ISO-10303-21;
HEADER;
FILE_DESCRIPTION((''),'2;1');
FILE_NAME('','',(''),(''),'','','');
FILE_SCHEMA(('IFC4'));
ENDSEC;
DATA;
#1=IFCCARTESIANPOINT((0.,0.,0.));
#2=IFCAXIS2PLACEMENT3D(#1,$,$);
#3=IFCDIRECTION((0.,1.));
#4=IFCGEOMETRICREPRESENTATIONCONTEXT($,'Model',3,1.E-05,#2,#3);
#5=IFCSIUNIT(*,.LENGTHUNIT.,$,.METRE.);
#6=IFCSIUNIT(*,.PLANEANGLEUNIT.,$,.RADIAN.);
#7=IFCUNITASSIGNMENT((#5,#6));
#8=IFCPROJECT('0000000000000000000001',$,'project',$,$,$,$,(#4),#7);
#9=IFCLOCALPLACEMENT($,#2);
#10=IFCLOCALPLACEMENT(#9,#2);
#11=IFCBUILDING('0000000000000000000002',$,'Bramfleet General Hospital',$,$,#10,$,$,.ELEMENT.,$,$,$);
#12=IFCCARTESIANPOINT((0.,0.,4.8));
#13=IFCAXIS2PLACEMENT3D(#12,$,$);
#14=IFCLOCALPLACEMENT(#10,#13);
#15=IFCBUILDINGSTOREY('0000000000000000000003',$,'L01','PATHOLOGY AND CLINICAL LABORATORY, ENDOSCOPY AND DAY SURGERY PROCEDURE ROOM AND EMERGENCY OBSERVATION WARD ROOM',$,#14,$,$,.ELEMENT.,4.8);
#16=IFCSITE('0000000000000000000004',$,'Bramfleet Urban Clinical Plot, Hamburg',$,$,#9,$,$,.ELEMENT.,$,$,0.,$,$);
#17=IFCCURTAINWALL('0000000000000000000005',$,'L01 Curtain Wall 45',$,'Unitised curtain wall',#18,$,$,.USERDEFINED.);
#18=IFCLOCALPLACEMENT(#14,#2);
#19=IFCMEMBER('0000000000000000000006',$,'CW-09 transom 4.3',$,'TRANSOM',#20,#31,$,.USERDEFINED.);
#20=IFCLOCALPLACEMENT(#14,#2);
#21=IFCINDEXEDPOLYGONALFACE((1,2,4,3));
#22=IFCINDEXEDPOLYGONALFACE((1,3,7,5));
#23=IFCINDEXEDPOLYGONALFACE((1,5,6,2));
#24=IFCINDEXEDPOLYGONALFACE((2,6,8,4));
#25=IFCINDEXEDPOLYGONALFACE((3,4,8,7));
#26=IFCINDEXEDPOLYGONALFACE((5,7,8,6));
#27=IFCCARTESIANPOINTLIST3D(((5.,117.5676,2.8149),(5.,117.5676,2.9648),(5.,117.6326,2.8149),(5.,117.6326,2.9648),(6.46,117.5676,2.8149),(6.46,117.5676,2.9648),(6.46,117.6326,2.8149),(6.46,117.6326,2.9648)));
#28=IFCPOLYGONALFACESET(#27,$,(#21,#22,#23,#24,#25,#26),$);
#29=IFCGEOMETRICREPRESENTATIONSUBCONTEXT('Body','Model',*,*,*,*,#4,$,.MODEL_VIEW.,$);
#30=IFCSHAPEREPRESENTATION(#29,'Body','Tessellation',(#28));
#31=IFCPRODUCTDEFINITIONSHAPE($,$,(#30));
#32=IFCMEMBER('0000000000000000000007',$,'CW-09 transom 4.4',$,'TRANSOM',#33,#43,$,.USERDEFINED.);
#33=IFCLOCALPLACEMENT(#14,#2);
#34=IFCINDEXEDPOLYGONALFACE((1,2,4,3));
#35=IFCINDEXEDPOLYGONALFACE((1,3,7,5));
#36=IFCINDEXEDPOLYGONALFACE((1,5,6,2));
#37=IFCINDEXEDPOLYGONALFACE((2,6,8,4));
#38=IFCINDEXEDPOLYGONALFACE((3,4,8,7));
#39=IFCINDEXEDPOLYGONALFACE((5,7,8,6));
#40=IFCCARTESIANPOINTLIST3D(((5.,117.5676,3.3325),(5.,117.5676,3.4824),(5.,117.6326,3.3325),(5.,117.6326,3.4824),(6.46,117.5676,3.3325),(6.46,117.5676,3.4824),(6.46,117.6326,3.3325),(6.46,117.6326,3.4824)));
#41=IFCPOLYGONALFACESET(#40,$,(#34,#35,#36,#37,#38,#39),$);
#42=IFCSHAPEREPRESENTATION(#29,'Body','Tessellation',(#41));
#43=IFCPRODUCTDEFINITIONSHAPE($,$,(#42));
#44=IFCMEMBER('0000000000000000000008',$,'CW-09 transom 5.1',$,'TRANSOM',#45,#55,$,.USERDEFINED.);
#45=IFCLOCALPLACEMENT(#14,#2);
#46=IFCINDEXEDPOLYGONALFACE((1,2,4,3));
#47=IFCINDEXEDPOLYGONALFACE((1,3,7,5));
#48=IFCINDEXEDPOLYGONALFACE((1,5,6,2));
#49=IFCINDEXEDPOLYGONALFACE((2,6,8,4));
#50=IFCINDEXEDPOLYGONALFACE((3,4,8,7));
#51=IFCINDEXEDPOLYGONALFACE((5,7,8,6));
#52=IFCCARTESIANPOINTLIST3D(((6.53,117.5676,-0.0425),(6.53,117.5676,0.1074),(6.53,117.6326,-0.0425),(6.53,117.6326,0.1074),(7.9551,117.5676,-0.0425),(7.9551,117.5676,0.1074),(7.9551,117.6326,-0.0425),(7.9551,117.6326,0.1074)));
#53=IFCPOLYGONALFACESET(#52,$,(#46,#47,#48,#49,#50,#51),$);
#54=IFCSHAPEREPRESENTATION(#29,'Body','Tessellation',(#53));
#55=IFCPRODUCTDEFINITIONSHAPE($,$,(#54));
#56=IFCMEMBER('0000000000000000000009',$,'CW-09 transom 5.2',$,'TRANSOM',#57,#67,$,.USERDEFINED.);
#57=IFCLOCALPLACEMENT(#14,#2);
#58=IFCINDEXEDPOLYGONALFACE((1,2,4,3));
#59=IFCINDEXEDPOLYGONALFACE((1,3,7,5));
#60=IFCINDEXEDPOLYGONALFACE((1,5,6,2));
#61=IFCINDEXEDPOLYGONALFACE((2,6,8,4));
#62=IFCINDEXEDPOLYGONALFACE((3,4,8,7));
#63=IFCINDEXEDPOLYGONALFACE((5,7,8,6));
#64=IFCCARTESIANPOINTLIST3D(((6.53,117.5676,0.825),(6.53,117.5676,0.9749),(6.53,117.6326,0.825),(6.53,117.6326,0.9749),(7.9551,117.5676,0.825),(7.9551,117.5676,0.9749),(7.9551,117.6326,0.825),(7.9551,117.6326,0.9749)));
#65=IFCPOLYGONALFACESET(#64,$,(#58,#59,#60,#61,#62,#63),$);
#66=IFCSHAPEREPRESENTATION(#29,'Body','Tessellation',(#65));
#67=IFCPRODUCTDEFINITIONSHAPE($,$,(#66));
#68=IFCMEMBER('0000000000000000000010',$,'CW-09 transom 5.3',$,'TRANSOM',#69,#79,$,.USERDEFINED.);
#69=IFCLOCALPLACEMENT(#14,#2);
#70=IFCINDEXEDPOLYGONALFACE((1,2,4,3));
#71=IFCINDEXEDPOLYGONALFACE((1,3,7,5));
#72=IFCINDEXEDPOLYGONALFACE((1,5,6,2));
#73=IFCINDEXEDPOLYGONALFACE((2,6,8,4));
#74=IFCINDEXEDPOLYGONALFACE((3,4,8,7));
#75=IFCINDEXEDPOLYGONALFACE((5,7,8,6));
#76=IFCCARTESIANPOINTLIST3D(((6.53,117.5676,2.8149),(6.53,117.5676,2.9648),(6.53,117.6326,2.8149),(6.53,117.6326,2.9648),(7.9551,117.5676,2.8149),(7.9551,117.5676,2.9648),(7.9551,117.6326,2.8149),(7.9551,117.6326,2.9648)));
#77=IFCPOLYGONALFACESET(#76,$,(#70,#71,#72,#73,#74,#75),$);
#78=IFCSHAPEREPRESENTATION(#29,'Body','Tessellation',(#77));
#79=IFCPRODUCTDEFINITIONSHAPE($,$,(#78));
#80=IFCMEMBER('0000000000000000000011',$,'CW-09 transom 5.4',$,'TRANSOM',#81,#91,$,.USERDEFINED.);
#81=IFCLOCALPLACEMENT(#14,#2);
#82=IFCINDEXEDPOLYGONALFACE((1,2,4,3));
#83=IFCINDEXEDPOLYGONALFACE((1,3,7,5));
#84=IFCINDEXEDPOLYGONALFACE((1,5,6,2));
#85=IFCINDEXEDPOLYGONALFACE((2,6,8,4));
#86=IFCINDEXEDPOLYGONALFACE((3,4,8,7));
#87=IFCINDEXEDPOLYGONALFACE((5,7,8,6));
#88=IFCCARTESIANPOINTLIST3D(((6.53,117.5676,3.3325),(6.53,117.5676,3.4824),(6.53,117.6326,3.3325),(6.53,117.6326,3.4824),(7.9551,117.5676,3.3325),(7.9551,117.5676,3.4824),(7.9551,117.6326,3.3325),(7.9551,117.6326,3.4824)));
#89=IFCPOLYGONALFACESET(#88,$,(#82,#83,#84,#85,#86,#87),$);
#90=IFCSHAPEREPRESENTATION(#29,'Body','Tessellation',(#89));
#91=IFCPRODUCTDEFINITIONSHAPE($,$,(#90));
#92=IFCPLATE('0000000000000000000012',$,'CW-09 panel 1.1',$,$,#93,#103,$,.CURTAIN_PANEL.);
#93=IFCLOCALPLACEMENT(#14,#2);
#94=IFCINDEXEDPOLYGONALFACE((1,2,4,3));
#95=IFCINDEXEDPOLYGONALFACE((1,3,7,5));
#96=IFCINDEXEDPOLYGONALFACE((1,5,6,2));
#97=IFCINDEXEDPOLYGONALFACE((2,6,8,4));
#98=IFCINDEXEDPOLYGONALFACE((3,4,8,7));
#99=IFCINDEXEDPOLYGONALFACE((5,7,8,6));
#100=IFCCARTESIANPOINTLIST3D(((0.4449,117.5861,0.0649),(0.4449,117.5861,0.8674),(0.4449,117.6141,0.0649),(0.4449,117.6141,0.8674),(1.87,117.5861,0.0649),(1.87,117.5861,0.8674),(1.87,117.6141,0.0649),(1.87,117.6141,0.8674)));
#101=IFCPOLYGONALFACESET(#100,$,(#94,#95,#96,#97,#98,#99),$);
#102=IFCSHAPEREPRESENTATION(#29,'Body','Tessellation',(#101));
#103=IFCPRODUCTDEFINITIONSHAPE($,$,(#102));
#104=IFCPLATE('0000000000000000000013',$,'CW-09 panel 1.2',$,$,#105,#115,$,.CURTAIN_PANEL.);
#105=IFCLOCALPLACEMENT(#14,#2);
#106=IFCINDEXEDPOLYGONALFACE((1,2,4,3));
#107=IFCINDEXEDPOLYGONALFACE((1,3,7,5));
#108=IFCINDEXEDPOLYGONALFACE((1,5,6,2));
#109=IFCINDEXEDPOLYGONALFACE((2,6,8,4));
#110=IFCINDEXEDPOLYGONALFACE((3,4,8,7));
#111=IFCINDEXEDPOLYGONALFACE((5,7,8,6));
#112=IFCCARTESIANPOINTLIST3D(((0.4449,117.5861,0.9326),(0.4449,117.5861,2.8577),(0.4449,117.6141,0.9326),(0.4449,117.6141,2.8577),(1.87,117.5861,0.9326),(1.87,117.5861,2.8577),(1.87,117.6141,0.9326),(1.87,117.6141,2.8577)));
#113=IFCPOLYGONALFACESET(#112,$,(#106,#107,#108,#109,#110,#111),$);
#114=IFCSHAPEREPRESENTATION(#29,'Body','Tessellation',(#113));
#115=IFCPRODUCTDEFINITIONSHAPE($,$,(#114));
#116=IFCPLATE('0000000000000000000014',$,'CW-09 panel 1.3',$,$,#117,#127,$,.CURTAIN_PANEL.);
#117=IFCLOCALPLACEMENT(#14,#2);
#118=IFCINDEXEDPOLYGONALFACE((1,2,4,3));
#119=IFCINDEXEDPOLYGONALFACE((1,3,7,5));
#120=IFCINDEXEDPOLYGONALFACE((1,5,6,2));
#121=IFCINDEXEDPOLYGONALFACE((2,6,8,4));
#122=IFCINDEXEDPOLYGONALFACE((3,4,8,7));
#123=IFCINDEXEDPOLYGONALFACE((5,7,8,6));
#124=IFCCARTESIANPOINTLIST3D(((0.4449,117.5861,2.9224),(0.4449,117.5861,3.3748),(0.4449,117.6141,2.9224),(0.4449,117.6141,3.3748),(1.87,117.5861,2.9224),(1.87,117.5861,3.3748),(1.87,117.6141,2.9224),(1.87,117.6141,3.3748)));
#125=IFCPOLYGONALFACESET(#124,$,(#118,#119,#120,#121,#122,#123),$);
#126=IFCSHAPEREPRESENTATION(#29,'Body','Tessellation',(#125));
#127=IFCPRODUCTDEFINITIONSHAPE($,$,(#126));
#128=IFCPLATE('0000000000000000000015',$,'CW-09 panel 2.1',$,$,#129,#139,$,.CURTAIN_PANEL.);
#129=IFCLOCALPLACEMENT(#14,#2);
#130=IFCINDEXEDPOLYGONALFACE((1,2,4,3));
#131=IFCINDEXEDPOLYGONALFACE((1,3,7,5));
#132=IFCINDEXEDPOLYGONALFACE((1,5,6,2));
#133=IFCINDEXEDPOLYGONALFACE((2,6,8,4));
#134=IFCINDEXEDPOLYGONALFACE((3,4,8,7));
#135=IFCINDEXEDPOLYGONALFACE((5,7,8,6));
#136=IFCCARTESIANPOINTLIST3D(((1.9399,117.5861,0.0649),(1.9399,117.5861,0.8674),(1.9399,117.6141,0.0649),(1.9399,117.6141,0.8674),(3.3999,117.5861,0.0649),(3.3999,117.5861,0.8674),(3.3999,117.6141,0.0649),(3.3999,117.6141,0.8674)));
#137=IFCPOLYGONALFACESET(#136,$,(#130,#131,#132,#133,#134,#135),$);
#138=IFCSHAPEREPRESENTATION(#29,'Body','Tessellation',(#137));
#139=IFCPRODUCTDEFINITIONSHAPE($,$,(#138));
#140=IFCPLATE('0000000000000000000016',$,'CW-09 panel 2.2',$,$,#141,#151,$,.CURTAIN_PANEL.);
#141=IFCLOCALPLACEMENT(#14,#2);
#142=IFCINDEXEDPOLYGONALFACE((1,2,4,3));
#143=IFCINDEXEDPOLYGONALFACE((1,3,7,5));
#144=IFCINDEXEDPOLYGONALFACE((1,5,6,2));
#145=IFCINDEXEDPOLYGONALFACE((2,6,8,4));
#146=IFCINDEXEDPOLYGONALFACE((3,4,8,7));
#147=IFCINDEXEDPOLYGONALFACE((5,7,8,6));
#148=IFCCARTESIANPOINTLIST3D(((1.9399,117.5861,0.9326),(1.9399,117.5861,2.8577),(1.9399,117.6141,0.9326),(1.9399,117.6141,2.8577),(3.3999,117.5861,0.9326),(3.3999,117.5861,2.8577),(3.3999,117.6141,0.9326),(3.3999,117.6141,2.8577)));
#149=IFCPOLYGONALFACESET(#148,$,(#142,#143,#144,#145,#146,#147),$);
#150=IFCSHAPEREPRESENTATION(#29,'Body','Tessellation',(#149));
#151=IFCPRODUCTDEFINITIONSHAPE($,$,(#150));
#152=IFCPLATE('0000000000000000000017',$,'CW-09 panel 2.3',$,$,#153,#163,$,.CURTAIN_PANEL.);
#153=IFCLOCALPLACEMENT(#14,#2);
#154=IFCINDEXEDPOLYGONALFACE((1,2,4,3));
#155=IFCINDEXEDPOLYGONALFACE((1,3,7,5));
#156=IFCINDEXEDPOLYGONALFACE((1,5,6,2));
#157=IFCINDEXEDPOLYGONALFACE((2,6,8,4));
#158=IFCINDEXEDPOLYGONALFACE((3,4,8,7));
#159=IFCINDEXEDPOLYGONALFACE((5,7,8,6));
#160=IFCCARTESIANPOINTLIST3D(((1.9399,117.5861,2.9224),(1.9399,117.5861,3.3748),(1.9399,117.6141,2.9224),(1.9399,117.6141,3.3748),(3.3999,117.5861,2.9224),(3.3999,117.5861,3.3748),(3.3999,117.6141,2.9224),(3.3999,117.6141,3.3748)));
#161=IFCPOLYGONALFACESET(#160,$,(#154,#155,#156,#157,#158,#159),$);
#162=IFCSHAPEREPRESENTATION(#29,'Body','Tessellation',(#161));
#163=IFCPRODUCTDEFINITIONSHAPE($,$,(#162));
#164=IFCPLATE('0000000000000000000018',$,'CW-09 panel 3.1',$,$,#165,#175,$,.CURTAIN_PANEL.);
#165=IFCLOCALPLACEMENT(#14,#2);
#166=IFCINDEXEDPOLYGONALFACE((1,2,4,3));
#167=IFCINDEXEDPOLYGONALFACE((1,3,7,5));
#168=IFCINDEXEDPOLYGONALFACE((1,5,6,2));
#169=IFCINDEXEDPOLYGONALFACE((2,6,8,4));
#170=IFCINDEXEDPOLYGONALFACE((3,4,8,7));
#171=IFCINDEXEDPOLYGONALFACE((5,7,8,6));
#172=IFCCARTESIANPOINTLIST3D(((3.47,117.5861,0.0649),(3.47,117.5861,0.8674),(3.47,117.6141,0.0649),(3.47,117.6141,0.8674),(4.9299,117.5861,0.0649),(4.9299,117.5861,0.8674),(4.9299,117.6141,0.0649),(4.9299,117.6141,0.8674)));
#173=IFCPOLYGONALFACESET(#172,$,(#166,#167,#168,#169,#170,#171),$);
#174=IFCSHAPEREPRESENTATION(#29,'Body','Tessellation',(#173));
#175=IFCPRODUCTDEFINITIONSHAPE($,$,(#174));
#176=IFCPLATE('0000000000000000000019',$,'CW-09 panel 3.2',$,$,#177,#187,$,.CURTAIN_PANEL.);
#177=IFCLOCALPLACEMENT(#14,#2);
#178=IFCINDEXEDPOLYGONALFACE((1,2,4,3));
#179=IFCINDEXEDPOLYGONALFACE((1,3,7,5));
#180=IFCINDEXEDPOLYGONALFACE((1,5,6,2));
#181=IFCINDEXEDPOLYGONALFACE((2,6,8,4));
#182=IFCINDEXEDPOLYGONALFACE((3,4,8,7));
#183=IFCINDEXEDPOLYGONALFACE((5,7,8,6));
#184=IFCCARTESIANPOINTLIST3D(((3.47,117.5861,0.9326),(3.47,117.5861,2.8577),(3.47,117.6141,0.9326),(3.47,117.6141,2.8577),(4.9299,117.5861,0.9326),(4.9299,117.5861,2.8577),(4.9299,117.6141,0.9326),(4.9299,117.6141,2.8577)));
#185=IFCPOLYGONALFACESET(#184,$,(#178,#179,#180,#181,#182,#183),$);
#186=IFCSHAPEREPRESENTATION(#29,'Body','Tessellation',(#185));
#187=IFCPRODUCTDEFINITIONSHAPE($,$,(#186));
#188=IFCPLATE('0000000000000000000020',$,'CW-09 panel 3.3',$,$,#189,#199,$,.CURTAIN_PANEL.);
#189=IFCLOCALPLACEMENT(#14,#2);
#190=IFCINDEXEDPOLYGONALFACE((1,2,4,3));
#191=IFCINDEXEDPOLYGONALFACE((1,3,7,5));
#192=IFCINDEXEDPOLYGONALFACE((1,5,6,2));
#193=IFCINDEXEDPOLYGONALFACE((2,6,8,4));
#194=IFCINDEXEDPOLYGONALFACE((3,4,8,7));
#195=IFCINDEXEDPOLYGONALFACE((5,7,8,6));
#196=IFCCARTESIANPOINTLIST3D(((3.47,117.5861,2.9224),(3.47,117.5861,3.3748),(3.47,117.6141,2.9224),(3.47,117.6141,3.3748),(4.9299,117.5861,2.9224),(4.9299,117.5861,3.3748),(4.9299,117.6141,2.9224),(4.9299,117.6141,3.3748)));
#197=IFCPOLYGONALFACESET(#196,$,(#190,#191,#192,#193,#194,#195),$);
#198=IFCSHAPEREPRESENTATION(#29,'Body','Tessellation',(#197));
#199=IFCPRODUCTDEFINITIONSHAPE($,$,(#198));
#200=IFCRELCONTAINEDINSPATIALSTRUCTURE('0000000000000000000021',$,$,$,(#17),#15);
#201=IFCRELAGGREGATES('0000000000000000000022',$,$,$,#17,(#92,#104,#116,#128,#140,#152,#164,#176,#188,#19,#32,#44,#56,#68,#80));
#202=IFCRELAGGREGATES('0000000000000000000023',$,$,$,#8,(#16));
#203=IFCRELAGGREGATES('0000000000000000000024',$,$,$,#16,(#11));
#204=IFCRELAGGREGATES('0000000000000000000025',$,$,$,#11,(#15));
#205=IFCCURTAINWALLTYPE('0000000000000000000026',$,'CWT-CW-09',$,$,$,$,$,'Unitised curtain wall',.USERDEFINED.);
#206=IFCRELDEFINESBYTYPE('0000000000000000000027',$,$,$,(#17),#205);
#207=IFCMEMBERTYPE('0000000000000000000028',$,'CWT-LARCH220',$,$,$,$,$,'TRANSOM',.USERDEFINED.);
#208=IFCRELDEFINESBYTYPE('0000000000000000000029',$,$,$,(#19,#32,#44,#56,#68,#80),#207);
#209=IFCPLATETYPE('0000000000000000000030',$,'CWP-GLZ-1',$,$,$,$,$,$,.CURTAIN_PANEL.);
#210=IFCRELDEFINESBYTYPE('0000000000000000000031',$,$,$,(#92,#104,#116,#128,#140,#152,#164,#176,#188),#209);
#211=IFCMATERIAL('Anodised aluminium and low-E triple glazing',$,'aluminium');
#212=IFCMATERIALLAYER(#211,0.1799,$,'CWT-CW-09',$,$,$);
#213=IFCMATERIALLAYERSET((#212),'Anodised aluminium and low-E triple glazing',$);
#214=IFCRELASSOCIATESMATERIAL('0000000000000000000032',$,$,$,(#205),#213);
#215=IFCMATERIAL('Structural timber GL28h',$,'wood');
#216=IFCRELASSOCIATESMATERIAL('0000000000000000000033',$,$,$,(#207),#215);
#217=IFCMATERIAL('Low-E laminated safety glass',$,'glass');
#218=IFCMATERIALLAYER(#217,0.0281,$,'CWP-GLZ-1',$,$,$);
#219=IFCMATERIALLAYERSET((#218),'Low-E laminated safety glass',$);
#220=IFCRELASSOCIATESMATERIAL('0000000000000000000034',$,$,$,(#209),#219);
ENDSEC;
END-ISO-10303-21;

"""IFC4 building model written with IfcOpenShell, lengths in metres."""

from ifc_helpers import new_model, si_unit, direction, frame, origin, origin_2d, place, context, subcontext, project, spatial, rectangle, extrude, material, layer, layer_set, material_profile, profile_set, type_object, element, aggregate, save


model = new_model("IFC4")

# Units and contexts
model_context = context("Model", 3, precision=1e-05, world=origin(), true_north=direction((0.0, 1.0)))
body_context = subcontext(model_context, "Body", "Model", "MODEL_VIEW")
ifc_project = project(units=[si_unit("LENGTHUNIT", "METRE"), si_unit("PLANEANGLEUNIT", "RADIAN")], contexts=[model_context])

# Site, building, storey
site_placement = place(None, origin())
site = spatial("IfcSite", under=ifc_project, at=site_placement, Name="Bramfleet Urban Clinical Plot, Hamburg", CompositionType="ELEMENT", RefElevation=0.0)
building_placement = place(site_placement, origin())
building = spatial("IfcBuilding", under=site, at=building_placement, Name="Bramfleet General Hospital", CompositionType="ELEMENT")
storey_placement = place(building_placement, frame((0.0, 0.0, 4.8)))
storey = spatial("IfcBuildingStorey", under=building, at=storey_placement, Name="L01", Description="PATHOLOGY AND CLINICAL LABORATORY, ENDOSCOPY AND DAY SURGERY PROCEDURE ROOM AND EMERGENCY OBSERVATION WARD ROOM", CompositionType="ELEMENT", Elevation=4.8)

# Curtain wall, members, plates
ifc_material_1 = material(Name="Anodised aluminium and low-E triple glazing", Category="aluminium")
ifc_layer_1 = layer(ifc_material_1, 0.1799, Name="CWT-CW-09")
ifc_layer_set_1 = layer_set([ifc_layer_1], Name="Anodised aluminium and low-E triple glazing")
curtain_wall_type = type_object("IfcCurtainWallType", Name="CWT-CW-09", ElementType="Unitised curtain wall", PredefinedType="USERDEFINED", material=ifc_layer_set_1)
curtain_wall_placement = place(storey_placement, origin())
curtain_wall = element("IfcCurtainWall", 1, at=curtain_wall_placement, inside=storey, type_object=curtain_wall_type, Name="L01 Curtain Wall 45", ObjectType="Unitised curtain wall", PredefinedType="USERDEFINED")
ifc_material_2 = material(Name="Structural timber GL28h", Category="wood")
ifc_material_profile_1 = material_profile(ifc_material_2, rectangle(XDim=0.0649, YDim=0.1499, at=origin_2d()), Name="LARCH 150x65")
ifc_profile_set_1 = profile_set([ifc_material_profile_1], Name="Structural timber GL28h")
member_type_1 = type_object("IfcMemberType", Name="CWT-LARCH220", ElementType="TRANSOM", PredefinedType="USERDEFINED", material=ifc_profile_set_1)
member_1_placement = place(storey_placement, frame((5.0, 117.6001, 2.8899), z_axis=(1.0, 0.0, 0.0), x_axis=(0.0, 1.0, 0.0)))
member_1 = element("IfcMember", 2, at=member_1_placement, type_object=member_type_1, Name="CW-09 transom 4.3", ObjectType="TRANSOM", PredefinedType="USERDEFINED", context=body_context, shape_type="SweptSolid", body=[
    extrude(rectangle(XDim=0.0649, YDim=0.1499, at=origin_2d()), origin(), (0.0, 0.0, 1.0), 1.46),
])
member_2_placement = place(storey_placement, frame((5.0, 117.6001, 3.4075), z_axis=(1.0, 0.0, 0.0), x_axis=(0.0, 1.0, 0.0)))
member_2 = element("IfcMember", 3, at=member_2_placement, type_object=member_type_1, Name="CW-09 transom 4.4", ObjectType="TRANSOM", PredefinedType="USERDEFINED", context=body_context, shape_type="SweptSolid", body=[
    extrude(rectangle(XDim=0.0649, YDim=0.1499, at=origin_2d()), origin(), (0.0, 0.0, 1.0), 1.46),
])
member_3_placement = place(storey_placement, frame((6.53, 117.6001, 0.0325), z_axis=(1.0, 0.0, 0.0), x_axis=(0.0, 1.0, 0.0)))
member_3 = element("IfcMember", 4, at=member_3_placement, type_object=member_type_1, Name="CW-09 transom 5.1", ObjectType="TRANSOM", PredefinedType="USERDEFINED", context=body_context, shape_type="SweptSolid", body=[
    extrude(rectangle(XDim=0.0649, YDim=0.1499, at=origin_2d()), origin(), (0.0, 0.0, 1.0), 1.425),
])
member_4_placement = place(storey_placement, frame((6.53, 117.6001, 0.8999), z_axis=(1.0, 0.0, 0.0), x_axis=(0.0, 1.0, 0.0)))
member_4 = element("IfcMember", 5, at=member_4_placement, type_object=member_type_1, Name="CW-09 transom 5.2", ObjectType="TRANSOM", PredefinedType="USERDEFINED", context=body_context, shape_type="SweptSolid", body=[
    extrude(rectangle(XDim=0.0649, YDim=0.1499, at=origin_2d()), origin(), (0.0, 0.0, 1.0), 1.425),
])
member_5_placement = place(storey_placement, frame((6.53, 117.6001, 2.8899), z_axis=(1.0, 0.0, 0.0), x_axis=(0.0, 1.0, 0.0)))
member_5 = element("IfcMember", 6, at=member_5_placement, type_object=member_type_1, Name="CW-09 transom 5.3", ObjectType="TRANSOM", PredefinedType="USERDEFINED", context=body_context, shape_type="SweptSolid", body=[
    extrude(rectangle(XDim=0.0649, YDim=0.1499, at=origin_2d()), origin(), (0.0, 0.0, 1.0), 1.425),
])
member_6_placement = place(storey_placement, frame((6.53, 117.6001, 3.4075), z_axis=(1.0, 0.0, 0.0), x_axis=(0.0, 1.0, 0.0)))
member_6 = element("IfcMember", 7, at=member_6_placement, type_object=member_type_1, Name="CW-09 transom 5.4", ObjectType="TRANSOM", PredefinedType="USERDEFINED", context=body_context, shape_type="SweptSolid", body=[
    extrude(rectangle(XDim=0.0649, YDim=0.1499, at=origin_2d()), origin(), (0.0, 0.0, 1.0), 1.425),
])
ifc_material_3 = material(Name="Low-E laminated safety glass", Category="glass")
ifc_layer_2 = layer(ifc_material_3, 0.0281, Name="CWP-GLZ-1")
ifc_layer_set_2 = layer_set([ifc_layer_2], Name="Low-E laminated safety glass")
plate_type = type_object("IfcPlateType", Name="CWP-GLZ-1", PredefinedType="CURTAIN_PANEL", material=ifc_layer_set_2)
plate_1_placement = place(storey_placement, frame((1.1575, 117.6001, 0.0649), z_axis=(0.0, 0.0, 1.0), x_axis=(1.0, 0.0, 0.0)))
plate_1 = element("IfcPlate", 8, at=plate_1_placement, type_object=plate_type, Name="CW-09 panel 1.1", PredefinedType="CURTAIN_PANEL", context=body_context, shape_type="SweptSolid", body=[
    extrude(rectangle(XDim=1.425, YDim=0.0281, at=origin_2d()), origin(), (0.0, 0.0, 1.0), 0.8025),
])
plate_2_placement = place(storey_placement, frame((1.1575, 117.6001, 0.9326), z_axis=(0.0, 0.0, 1.0), x_axis=(1.0, 0.0, 0.0)))
plate_2 = element("IfcPlate", 9, at=plate_2_placement, type_object=plate_type, Name="CW-09 panel 1.2", PredefinedType="CURTAIN_PANEL", context=body_context, shape_type="SweptSolid", body=[
    extrude(rectangle(XDim=1.425, YDim=0.0281, at=origin_2d()), origin(), (0.0, 0.0, 1.0), 1.925),
])
plate_3_placement = place(storey_placement, frame((1.1575, 117.6001, 2.9224), z_axis=(0.0, 0.0, 1.0), x_axis=(1.0, 0.0, 0.0)))
plate_3 = element("IfcPlate", 10, at=plate_3_placement, type_object=plate_type, Name="CW-09 panel 1.3", PredefinedType="CURTAIN_PANEL", context=body_context, shape_type="SweptSolid", body=[
    extrude(rectangle(XDim=1.425, YDim=0.0281, at=origin_2d()), origin(), (0.0, 0.0, 1.0), 0.4524),
])
plate_4_placement = place(storey_placement, frame((2.6699, 117.6001, 0.0649), z_axis=(0.0, 0.0, 1.0), x_axis=(1.0, 0.0, 0.0)))
plate_4 = element("IfcPlate", 11, at=plate_4_placement, type_object=plate_type, Name="CW-09 panel 2.1", PredefinedType="CURTAIN_PANEL", context=body_context, shape_type="SweptSolid", body=[
    extrude(rectangle(XDim=1.46, YDim=0.0281, at=origin_2d()), origin(), (0.0, 0.0, 1.0), 0.8025),
])
plate_5_placement = place(storey_placement, frame((2.6699, 117.6001, 0.9326), z_axis=(0.0, 0.0, 1.0), x_axis=(1.0, 0.0, 0.0)))
plate_5 = element("IfcPlate", 12, at=plate_5_placement, type_object=plate_type, Name="CW-09 panel 2.2", PredefinedType="CURTAIN_PANEL", context=body_context, shape_type="SweptSolid", body=[
    extrude(rectangle(XDim=1.46, YDim=0.0281, at=origin_2d()), origin(), (0.0, 0.0, 1.0), 1.925),
])
plate_6_placement = place(storey_placement, frame((2.6699, 117.6001, 2.9224), z_axis=(0.0, 0.0, 1.0), x_axis=(1.0, 0.0, 0.0)))
plate_6 = element("IfcPlate", 13, at=plate_6_placement, type_object=plate_type, Name="CW-09 panel 2.3", PredefinedType="CURTAIN_PANEL", context=body_context, shape_type="SweptSolid", body=[
    extrude(rectangle(XDim=1.46, YDim=0.0281, at=origin_2d()), origin(), (0.0, 0.0, 1.0), 0.4524),
])
plate_7_placement = place(storey_placement, frame((4.2, 117.6001, 0.0649), z_axis=(0.0, 0.0, 1.0), x_axis=(1.0, 0.0, 0.0)))
plate_7 = element("IfcPlate", 14, at=plate_7_placement, type_object=plate_type, Name="CW-09 panel 3.1", PredefinedType="CURTAIN_PANEL", context=body_context, shape_type="SweptSolid", body=[
    extrude(rectangle(XDim=1.46, YDim=0.0281, at=origin_2d()), origin(), (0.0, 0.0, 1.0), 0.8025),
])
plate_8_placement = place(storey_placement, frame((4.2, 117.6001, 0.9326), z_axis=(0.0, 0.0, 1.0), x_axis=(1.0, 0.0, 0.0)))
plate_8 = element("IfcPlate", 15, at=plate_8_placement, type_object=plate_type, Name="CW-09 panel 3.2", PredefinedType="CURTAIN_PANEL", context=body_context, shape_type="SweptSolid", body=[
    extrude(rectangle(XDim=1.46, YDim=0.0281, at=origin_2d()), origin(), (0.0, 0.0, 1.0), 1.925),
])
plate_9_placement = place(storey_placement, frame((4.2, 117.6001, 2.9224), z_axis=(0.0, 0.0, 1.0), x_axis=(1.0, 0.0, 0.0)))
plate_9 = element("IfcPlate", 16, at=plate_9_placement, type_object=plate_type, Name="CW-09 panel 3.3", PredefinedType="CURTAIN_PANEL", context=body_context, shape_type="SweptSolid", body=[
    extrude(rectangle(XDim=1.46, YDim=0.0281, at=origin_2d()), origin(), (0.0, 0.0, 1.0), 0.4524),
])
aggregate(curtain_wall, [plate_1, plate_2, plate_3, plate_4, plate_5, plate_6, plate_7, plate_8, plate_9, member_1, member_2, member_3, member_4, member_5, member_6])

save(model, "model.ifc")
